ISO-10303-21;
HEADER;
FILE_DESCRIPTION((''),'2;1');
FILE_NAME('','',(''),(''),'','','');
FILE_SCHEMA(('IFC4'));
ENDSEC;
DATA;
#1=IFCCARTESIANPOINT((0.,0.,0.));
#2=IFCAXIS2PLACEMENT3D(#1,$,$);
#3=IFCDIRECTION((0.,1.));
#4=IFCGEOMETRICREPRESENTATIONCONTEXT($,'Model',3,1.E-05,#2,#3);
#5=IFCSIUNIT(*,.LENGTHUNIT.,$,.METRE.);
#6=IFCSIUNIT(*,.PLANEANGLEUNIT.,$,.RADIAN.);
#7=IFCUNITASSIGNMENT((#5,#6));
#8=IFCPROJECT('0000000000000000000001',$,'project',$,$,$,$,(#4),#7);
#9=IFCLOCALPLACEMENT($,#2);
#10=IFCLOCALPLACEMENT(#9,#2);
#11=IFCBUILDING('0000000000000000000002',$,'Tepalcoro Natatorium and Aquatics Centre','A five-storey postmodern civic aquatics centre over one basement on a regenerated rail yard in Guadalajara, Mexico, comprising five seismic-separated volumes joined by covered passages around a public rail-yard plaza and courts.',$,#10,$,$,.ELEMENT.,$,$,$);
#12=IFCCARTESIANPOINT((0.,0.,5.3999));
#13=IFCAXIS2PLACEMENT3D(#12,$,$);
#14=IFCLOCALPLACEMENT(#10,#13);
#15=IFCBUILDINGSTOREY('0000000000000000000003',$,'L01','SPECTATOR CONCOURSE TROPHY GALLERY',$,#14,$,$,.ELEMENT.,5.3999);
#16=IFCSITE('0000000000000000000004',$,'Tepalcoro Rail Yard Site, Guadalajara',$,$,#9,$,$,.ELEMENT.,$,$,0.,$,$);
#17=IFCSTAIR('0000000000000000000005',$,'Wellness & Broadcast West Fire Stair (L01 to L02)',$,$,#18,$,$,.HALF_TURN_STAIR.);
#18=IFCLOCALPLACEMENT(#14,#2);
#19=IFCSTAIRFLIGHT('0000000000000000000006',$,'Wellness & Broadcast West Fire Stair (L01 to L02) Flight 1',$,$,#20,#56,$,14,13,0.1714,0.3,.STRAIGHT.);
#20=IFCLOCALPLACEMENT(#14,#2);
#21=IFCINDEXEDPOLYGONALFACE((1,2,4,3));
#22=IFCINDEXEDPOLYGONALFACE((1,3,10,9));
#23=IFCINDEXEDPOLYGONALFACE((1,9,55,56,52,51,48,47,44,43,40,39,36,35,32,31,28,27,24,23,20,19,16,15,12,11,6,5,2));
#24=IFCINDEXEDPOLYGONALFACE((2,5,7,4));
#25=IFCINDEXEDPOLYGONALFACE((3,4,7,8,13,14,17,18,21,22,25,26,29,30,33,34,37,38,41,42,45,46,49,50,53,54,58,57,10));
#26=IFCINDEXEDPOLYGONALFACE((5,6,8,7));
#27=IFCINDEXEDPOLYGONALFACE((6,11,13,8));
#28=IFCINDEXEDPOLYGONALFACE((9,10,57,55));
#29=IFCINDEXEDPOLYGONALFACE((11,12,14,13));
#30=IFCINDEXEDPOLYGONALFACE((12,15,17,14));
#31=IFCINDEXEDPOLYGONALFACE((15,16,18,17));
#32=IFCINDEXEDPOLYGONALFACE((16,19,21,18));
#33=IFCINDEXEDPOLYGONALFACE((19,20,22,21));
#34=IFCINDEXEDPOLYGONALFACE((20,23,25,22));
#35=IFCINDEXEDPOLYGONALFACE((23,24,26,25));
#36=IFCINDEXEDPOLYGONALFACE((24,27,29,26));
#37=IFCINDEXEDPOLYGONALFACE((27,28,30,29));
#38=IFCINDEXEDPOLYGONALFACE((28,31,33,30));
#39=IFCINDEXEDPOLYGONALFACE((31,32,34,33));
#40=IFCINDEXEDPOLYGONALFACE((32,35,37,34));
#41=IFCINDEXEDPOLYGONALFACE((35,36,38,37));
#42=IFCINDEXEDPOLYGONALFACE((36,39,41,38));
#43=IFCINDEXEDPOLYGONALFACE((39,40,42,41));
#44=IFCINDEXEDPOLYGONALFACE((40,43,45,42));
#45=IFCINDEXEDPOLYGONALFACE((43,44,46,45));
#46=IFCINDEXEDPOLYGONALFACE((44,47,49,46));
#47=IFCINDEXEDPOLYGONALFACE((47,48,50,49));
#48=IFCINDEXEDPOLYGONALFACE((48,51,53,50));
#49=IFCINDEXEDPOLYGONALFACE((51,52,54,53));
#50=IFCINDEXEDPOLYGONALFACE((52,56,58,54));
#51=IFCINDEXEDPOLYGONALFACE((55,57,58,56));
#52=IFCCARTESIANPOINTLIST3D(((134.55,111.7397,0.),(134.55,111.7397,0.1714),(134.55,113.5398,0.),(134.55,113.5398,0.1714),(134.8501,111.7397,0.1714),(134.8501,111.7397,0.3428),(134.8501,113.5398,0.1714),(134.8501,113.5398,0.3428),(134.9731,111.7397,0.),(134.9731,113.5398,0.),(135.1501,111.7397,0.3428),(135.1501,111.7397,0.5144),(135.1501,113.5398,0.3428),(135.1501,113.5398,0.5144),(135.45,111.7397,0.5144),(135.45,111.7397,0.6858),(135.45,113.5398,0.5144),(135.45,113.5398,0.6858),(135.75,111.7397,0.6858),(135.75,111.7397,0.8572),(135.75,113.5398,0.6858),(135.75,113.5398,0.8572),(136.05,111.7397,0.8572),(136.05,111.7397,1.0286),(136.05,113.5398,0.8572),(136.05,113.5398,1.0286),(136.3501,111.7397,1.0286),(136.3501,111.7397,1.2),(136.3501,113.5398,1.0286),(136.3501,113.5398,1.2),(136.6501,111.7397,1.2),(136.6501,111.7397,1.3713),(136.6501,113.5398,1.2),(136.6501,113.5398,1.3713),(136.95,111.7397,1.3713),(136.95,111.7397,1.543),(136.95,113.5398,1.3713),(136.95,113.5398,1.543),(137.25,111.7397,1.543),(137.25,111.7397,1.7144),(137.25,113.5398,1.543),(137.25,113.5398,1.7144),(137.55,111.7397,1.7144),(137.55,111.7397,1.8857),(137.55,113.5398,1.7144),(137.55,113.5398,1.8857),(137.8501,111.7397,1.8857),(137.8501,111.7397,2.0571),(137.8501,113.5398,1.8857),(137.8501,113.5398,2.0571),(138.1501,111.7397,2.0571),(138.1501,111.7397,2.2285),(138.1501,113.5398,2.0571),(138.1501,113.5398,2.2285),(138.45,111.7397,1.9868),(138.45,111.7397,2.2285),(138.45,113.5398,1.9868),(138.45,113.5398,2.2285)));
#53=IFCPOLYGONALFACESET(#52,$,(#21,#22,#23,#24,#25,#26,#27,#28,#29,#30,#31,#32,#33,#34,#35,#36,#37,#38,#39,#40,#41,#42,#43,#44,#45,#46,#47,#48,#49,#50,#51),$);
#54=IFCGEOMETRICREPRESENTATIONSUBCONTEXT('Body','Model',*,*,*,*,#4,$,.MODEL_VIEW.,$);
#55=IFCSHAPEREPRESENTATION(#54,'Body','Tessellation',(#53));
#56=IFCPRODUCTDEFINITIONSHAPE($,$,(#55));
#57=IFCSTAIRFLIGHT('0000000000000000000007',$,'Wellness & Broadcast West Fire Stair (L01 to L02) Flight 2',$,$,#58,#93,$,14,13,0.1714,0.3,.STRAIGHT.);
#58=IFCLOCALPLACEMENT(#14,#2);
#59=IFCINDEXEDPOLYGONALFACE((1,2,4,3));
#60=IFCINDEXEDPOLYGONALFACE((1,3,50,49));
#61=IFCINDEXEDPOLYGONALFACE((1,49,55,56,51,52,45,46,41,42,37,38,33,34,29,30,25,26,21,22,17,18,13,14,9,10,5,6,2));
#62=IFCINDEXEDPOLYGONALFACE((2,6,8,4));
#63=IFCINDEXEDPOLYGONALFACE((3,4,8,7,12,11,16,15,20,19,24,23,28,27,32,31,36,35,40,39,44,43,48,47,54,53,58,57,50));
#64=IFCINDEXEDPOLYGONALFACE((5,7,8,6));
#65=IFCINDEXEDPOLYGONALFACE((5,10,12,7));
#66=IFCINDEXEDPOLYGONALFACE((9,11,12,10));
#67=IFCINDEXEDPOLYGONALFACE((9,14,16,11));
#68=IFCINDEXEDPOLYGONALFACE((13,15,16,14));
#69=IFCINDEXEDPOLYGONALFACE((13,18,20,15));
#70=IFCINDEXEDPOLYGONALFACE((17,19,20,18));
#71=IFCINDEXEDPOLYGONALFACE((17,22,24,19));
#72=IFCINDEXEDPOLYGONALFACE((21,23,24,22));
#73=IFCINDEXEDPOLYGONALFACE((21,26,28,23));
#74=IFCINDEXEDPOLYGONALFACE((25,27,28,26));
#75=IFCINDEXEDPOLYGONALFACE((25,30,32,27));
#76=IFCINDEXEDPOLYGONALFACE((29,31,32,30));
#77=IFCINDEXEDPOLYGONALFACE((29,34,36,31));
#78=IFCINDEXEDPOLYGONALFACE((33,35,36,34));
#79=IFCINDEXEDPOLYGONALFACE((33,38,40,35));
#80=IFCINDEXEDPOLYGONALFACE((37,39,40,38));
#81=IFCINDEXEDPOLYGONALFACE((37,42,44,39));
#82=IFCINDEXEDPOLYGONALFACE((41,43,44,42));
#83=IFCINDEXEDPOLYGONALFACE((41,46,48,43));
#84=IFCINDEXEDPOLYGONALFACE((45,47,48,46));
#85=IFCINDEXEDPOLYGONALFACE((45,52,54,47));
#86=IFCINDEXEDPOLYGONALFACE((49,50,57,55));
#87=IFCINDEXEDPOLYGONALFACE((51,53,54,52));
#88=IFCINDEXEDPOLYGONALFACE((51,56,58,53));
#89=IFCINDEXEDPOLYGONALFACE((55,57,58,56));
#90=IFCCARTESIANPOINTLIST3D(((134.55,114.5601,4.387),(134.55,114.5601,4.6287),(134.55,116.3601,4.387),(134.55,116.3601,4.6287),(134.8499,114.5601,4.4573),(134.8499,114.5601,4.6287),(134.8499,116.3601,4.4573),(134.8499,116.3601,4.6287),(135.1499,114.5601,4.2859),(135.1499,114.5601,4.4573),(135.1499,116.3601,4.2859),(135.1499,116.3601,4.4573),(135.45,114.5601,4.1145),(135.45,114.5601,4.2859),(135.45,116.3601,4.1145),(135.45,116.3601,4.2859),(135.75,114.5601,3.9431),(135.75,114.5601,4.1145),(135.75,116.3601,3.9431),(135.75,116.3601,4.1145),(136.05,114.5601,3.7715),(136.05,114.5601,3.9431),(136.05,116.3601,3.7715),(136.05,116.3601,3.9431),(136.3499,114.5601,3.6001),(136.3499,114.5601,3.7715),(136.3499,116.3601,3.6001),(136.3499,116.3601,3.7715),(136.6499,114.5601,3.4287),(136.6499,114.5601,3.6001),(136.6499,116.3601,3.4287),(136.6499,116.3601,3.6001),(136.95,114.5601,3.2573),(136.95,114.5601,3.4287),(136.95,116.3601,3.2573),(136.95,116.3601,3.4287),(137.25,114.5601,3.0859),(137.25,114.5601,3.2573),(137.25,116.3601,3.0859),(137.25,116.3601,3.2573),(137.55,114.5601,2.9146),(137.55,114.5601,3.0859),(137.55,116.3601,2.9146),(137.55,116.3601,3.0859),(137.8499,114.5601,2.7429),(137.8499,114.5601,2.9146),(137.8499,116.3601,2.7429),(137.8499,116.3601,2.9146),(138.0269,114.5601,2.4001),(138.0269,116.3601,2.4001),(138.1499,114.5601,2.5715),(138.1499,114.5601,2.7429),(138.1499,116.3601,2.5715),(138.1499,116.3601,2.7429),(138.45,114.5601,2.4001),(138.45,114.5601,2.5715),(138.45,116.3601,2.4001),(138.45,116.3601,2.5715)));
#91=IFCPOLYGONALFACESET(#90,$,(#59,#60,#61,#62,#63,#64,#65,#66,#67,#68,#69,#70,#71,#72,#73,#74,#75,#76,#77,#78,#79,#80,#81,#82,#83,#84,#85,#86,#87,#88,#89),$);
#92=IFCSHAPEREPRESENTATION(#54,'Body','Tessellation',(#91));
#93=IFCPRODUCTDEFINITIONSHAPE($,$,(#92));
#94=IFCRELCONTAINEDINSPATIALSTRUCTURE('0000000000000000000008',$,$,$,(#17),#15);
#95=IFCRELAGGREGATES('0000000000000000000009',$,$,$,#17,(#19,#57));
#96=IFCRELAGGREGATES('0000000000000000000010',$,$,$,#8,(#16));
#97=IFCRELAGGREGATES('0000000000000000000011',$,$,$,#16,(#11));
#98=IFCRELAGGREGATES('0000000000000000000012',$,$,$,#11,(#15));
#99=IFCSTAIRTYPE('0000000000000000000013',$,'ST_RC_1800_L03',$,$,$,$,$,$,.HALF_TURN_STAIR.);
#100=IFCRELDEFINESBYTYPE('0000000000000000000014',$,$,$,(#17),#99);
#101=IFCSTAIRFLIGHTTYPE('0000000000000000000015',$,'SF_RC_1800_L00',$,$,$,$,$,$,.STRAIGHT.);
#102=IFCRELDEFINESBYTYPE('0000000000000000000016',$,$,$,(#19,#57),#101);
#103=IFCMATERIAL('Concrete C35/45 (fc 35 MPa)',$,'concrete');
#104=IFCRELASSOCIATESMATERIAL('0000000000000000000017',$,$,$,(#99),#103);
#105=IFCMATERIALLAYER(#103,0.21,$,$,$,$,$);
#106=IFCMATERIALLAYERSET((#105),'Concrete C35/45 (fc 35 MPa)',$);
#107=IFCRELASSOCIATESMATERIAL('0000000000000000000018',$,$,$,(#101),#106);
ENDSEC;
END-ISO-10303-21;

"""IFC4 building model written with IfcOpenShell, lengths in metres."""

from ifc_helpers import new_model, si_unit, direction, frame, origin, place, context, subcontext, project, spatial, polyline, outline, extrude, material, layer, layer_set, type_object, element, aggregate, save


model = new_model("IFC4")

# Units and contexts
model_context = context("Model", 3, precision=1e-05, world=origin(), true_north=direction((0.0, 1.0)))
body_context = subcontext(model_context, "Body", "Model", "MODEL_VIEW")
ifc_project = project(units=[si_unit("LENGTHUNIT", "METRE"), si_unit("PLANEANGLEUNIT", "RADIAN")], contexts=[model_context])

# Site, building, storey
site_placement = place(None, origin())
site = spatial("IfcSite", under=ifc_project, at=site_placement, Name="Tepalcoro Rail Yard Site, Guadalajara", CompositionType="ELEMENT", RefElevation=0.0)
building_placement = place(site_placement, origin())
building = spatial("IfcBuilding", under=site, at=building_placement, Name="Tepalcoro Natatorium and Aquatics Centre", Description="A five-storey postmodern civic aquatics centre over one basement on a regenerated rail yard in Guadalajara, Mexico, comprising five seismic-separated volumes joined by covered passages around a public rail-yard plaza and courts.", CompositionType="ELEMENT")
storey_placement = place(building_placement, frame((0.0, 0.0, 5.3999)))
storey = spatial("IfcBuildingStorey", under=building, at=storey_placement, Name="L01", Description="SPECTATOR CONCOURSE TROPHY GALLERY", CompositionType="ELEMENT", Elevation=5.3999)

# Stair, stair flights
ifc_material_1 = material(Name="Concrete C35/45 (fc 35 MPa)", Category="concrete")
stair_type = type_object("IfcStairType", Name="ST_RC_1800_L03", PredefinedType="HALF_TURN_STAIR", material=ifc_material_1)
stair_placement = place(storey_placement, origin())
stair = element("IfcStair", 1, at=stair_placement, inside=storey, type_object=stair_type, Name="Wellness & Broadcast West Fire Stair (L01 to L02)", PredefinedType="HALF_TURN_STAIR")
ifc_layer_1 = layer(ifc_material_1, 0.21)
ifc_layer_set_1 = layer_set([ifc_layer_1], Name="Concrete C35/45 (fc 35 MPa)")
stair_flight_type = type_object("IfcStairFlightType", Name="SF_RC_1800_L00", PredefinedType="STRAIGHT", material=ifc_layer_set_1)
stair_flight_1_placement = place(storey_placement, frame((134.55, 112.6399, 0.0), z_axis=(0.0, 0.0, 1.0), x_axis=(1.0, 0.0, 0.0)))
stair_flight_1 = element("IfcStairFlight", 2, at=stair_flight_1_placement, type_object=stair_flight_type, Name="Wellness & Broadcast West Fire Stair (L01 to L02) Flight 1", NumberOfRisers=14, NumberOfTreads=13, PredefinedType="STRAIGHT", RiserHeight=0.1714, TreadLength=0.3, context=body_context, shape_type="SweptSolid", body=[
    extrude(outline(polyline([(0.0, 0.0), (0.0, 0.1714), (0.3, 0.1714), (0.3, 0.3428), (0.6001, 0.3428), (0.6001, 0.5144), (0.8999, 0.5144), (0.8999, 0.6858), (1.2, 0.6858), (1.2, 0.8572), (1.5, 0.8572), (1.5, 1.0286), (1.8, 1.0286), (1.8, 1.2), (2.1001, 1.2), (2.1001, 1.3713), (2.3999, 1.3713), (2.3999, 1.543), (2.7, 1.543), (2.7, 1.7144), (3.0, 1.7144), (3.0, 1.8857), (3.3, 1.8857), (3.3, 2.0571), (3.6001, 2.0571), (3.6001, 2.2285), (3.8999, 2.2285), (3.8999, 2.3999), (3.8999, 1.9868), (0.4231, 0.0), (0.0, 0.0)])), frame((0.0, 0.8999, 0.0), z_axis=(0.0, -1.0, 0.0), x_axis=(1.0, 0.0, 0.0)), (0.0, 0.0, 1.0), 1.8),
])
stair_flight_2_placement = place(storey_placement, frame((138.45, 115.46, 2.4001), z_axis=(0.0, 0.0, 1.0), x_axis=(-1.0, 0.0, 0.0)))
stair_flight_2 = element("IfcStairFlight", 3, at=stair_flight_2_placement, type_object=stair_flight_type, Name="Wellness & Broadcast West Fire Stair (L01 to L02) Flight 2", NumberOfRisers=14, NumberOfTreads=13, PredefinedType="STRAIGHT", RiserHeight=0.1714, TreadLength=0.3, context=body_context, shape_type="SweptSolid", body=[
    extrude(outline(polyline([(0.0, 0.0), (0.0, 0.1714), (0.3, 0.1714), (0.3, 0.3428), (0.6001, 0.3428), (0.6001, 0.5144), (0.8999, 0.5144), (0.8999, 0.6858), (1.2, 0.6858), (1.2, 0.8572), (1.5, 0.8572), (1.5, 1.0286), (1.8, 1.0286), (1.8, 1.2), (2.1001, 1.2), (2.1001, 1.3713), (2.3999, 1.3713), (2.3999, 1.543), (2.7, 1.543), (2.7, 1.7144), (3.0, 1.7144), (3.0, 1.8857), (3.3, 1.8857), (3.3, 2.0571), (3.6001, 2.0571), (3.6001, 2.2285), (3.8999, 2.2285), (3.8999, 2.3999), (3.8999, 1.9868), (0.4231, 0.0), (0.0, 0.0)])), frame((0.0, 0.8999, 0.0), z_axis=(0.0, -1.0, 0.0), x_axis=(1.0, 0.0, 0.0)), (0.0, 0.0, 1.0), 1.8),
])
aggregate(stair, [stair_flight_1, stair_flight_2])

save(model, "model.ifc")
